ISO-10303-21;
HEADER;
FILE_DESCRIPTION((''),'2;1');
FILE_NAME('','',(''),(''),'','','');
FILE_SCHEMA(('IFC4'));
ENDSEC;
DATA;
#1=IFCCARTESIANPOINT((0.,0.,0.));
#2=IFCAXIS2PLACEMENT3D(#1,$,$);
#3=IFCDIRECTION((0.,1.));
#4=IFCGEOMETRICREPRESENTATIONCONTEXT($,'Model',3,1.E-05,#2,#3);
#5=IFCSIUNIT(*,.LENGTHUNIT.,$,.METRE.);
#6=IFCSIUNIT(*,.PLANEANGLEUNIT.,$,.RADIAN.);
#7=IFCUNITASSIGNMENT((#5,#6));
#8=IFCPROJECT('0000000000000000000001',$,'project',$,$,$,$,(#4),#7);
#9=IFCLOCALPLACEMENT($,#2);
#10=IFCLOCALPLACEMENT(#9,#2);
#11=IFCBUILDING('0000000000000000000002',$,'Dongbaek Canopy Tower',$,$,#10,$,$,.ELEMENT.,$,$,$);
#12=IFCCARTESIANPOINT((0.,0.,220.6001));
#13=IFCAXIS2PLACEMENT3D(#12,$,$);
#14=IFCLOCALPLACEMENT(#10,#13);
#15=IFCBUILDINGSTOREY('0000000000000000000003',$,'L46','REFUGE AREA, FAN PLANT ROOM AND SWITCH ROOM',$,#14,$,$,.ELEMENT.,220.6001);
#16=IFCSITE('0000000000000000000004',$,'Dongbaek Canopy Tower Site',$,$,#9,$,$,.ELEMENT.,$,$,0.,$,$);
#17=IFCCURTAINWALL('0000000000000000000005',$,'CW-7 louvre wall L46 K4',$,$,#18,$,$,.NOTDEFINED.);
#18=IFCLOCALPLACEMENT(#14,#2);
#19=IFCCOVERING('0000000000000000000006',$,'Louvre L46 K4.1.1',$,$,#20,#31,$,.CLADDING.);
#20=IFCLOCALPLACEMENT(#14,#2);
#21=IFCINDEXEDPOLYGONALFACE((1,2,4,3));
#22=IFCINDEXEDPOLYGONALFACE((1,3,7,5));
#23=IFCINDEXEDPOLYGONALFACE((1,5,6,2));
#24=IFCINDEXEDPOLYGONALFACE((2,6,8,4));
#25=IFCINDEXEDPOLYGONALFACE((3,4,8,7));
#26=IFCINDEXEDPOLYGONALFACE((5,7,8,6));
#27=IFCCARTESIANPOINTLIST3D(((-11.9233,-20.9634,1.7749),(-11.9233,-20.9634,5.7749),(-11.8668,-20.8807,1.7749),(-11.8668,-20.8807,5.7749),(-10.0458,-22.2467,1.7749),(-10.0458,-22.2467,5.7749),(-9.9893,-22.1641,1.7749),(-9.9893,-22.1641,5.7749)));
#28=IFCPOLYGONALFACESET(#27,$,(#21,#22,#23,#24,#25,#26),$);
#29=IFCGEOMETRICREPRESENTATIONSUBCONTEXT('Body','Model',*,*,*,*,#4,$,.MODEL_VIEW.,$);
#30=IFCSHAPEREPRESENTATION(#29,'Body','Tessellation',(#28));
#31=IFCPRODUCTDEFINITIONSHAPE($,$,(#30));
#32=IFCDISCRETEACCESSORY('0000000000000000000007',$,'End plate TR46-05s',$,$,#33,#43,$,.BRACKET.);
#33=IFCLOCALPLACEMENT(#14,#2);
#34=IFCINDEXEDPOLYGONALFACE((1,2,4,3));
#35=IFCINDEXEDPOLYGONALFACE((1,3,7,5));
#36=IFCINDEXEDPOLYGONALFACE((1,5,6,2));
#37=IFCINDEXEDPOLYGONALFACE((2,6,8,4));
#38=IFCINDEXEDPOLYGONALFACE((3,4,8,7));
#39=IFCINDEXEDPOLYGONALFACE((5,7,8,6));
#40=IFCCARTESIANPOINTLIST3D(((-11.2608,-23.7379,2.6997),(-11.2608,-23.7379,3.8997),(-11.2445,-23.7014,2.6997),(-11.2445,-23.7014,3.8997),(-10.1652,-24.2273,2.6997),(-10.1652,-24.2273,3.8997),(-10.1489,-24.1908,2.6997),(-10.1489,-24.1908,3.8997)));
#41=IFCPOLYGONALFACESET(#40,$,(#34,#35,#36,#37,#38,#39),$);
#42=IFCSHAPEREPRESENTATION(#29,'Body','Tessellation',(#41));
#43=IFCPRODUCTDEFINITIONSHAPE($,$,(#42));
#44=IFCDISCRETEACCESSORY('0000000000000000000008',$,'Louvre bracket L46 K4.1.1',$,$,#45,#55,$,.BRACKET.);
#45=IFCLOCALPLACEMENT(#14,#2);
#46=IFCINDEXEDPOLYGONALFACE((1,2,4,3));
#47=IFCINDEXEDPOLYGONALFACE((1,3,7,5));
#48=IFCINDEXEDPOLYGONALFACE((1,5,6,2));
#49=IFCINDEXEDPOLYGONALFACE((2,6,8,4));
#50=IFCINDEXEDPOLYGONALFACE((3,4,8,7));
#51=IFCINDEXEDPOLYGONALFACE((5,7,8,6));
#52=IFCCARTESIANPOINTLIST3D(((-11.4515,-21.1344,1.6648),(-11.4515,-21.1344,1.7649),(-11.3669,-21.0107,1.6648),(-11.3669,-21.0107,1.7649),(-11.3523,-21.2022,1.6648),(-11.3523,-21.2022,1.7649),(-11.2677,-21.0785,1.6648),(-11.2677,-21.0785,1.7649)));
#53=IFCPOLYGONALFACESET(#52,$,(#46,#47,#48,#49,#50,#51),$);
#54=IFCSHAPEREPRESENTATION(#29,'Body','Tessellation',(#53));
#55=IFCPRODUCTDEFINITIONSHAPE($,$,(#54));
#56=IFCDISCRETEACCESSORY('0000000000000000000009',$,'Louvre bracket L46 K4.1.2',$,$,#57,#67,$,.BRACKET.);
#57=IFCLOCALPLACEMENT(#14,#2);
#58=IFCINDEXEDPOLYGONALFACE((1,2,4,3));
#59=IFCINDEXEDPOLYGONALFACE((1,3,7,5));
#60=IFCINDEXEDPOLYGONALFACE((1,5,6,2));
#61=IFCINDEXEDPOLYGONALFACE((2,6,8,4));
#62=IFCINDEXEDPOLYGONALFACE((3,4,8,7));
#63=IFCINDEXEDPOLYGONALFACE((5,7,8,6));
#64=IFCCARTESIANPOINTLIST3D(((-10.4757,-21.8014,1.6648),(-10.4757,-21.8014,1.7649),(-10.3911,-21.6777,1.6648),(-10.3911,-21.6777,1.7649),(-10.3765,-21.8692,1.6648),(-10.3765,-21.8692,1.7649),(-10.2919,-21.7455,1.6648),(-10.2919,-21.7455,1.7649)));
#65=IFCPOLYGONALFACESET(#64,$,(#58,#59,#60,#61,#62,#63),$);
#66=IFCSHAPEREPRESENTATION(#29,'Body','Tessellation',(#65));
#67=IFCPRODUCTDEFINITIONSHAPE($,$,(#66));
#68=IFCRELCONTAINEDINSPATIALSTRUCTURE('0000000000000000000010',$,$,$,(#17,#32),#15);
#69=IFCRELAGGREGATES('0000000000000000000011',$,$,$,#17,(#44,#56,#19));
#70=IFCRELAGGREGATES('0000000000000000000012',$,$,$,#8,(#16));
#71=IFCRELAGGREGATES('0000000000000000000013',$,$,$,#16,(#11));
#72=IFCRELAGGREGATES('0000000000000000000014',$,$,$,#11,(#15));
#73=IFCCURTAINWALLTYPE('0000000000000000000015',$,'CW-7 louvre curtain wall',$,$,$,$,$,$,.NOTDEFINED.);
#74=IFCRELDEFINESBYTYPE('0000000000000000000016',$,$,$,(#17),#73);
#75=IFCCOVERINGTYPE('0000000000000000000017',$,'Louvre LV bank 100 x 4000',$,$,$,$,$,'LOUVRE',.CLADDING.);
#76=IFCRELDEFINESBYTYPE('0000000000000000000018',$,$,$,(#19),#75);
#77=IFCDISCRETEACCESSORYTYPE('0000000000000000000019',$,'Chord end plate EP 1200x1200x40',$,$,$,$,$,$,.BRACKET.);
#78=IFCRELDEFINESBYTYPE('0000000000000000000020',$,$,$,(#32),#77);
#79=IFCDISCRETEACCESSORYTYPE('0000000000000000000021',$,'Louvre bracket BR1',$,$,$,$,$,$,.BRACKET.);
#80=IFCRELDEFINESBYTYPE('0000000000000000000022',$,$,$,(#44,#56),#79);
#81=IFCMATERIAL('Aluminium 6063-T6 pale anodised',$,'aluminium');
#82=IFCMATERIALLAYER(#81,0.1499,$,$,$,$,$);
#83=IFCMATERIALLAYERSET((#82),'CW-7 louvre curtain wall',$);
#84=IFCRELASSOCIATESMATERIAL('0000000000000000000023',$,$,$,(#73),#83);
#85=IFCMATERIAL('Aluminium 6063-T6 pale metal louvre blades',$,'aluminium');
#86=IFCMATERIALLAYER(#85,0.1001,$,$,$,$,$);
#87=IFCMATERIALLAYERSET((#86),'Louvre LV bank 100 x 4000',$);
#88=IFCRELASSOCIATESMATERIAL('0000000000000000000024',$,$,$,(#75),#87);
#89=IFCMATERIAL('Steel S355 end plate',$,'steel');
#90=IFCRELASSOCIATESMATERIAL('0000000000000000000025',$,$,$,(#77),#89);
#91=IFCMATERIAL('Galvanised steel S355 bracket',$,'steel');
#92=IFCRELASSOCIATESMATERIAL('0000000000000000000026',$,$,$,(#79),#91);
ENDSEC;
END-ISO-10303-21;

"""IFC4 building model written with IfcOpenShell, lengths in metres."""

from ifc_helpers import new_model, si_unit, direction, frame, origin, origin_2d, place, context, subcontext, project, spatial, rectangle, extrude, material, layer, layer_set, type_object, element, aggregate, save


model = new_model("IFC4")

# Units and contexts
model_context = context("Model", 3, precision=1e-05, world=origin(), true_north=direction((0.0, 1.0)))
body_context = subcontext(model_context, "Body", "Model", "MODEL_VIEW")
ifc_project = project(units=[si_unit("LENGTHUNIT", "METRE"), si_unit("PLANEANGLEUNIT", "RADIAN")], contexts=[model_context])

# Site, building, storey
site_placement = place(None, origin())
site = spatial("IfcSite", under=ifc_project, at=site_placement, Name="Dongbaek Canopy Tower Site", CompositionType="ELEMENT", RefElevation=0.0)
building_placement = place(site_placement, origin())
building = spatial("IfcBuilding", under=site, at=building_placement, Name="Dongbaek Canopy Tower", CompositionType="ELEMENT")
storey_placement = place(building_placement, frame((0.0, 0.0, 220.6001)))
storey = spatial("IfcBuildingStorey", under=building, at=storey_placement, Name="L46", Description="REFUGE AREA, FAN PLANT ROOM AND SWITCH ROOM", CompositionType="ELEMENT", Elevation=220.6001)

# Shared definitions
ifc_material_1 = material(Name="Aluminium 6063-T6 pale anodised", Category="aluminium")
ifc_layer_1 = layer(ifc_material_1, 0.1499)
ifc_layer_set_1 = layer_set([ifc_layer_1], Name="CW-7 louvre curtain wall")
curtain_wall_type = type_object("IfcCurtainWallType", Name="CW-7 louvre curtain wall", PredefinedType="NOTDEFINED", material=ifc_layer_set_1)

# Curtain wall
curtain_wall_1_placement = place(storey_placement, origin())
curtain_wall_1 = element("IfcCurtainWall", 1, at=curtain_wall_1_placement, inside=storey, type_object=curtain_wall_type, Name="CW-7 louvre wall L46 K4", PredefinedType="NOTDEFINED")

# Covering
ifc_material_2 = material(Name="Aluminium 6063-T6 pale metal louvre blades", Category="aluminium")
ifc_layer_2 = layer(ifc_material_2, 0.1001)
ifc_layer_set_2 = layer_set([ifc_layer_2], Name="Louvre LV bank 100 x 4000")
covering_type = type_object("IfcCoveringType", Name="Louvre LV bank 100 x 4000", ElementType="LOUVRE", PredefinedType="CLADDING", material=ifc_layer_set_2)
covering_placement = place(storey_placement, frame((-10.9563, -21.5637, 1.7749), z_axis=(0.0, 0.0, 1.0), x_axis=(0.82556, -0.564314, 0.0)))
covering = element("IfcCovering", 2, at=covering_placement, type_object=covering_type, Name="Louvre L46 K4.1.1", PredefinedType="CLADDING", context=body_context, shape_type="SweptSolid", body=[
    extrude(rectangle(XDim=2.2742, YDim=0.1001, at=origin_2d()), origin(), (0.0, 0.0, 1.0), 4.0),
])

# Discrete accessories
ifc_material_3 = material(Name="Steel S355 end plate", Category="steel")
discrete_accessory_type_1 = type_object("IfcDiscreteAccessoryType", Name="Chord end plate EP 1200x1200x40", PredefinedType="BRACKET", material=ifc_material_3)
discrete_accessory_1_placement = place(storey_placement, frame((-10.7048, -23.9644, 2.6997), z_axis=(0.0, 0.0, 1.0), x_axis=(0.407859, 0.913045, 0.0)))
element("IfcDiscreteAccessory", 3, at=discrete_accessory_1_placement, inside=storey, type_object=discrete_accessory_type_1, Name="End plate TR46-05s", PredefinedType="BRACKET", context=body_context, shape_type="SweptSolid", body=[
    extrude(rectangle(XDim=0.04, YDim=1.2, at=origin_2d()), origin(), (0.0, 0.0, 1.0), 1.2),
])
ifc_material_4 = material(Name="Galvanised steel S355 bracket", Category="steel")
discrete_accessory_type_2 = type_object("IfcDiscreteAccessoryType", Name="Louvre bracket BR1", PredefinedType="BRACKET", material=ifc_material_4)
discrete_accessory_2_placement = place(storey_placement, frame((-11.3596, -21.1064, 1.6648), z_axis=(0.0, 0.0, 1.0), x_axis=(0.82556, -0.564314, 0.0)))
discrete_accessory_2 = element("IfcDiscreteAccessory", 4, at=discrete_accessory_2_placement, type_object=discrete_accessory_type_2, Name="Louvre bracket L46 K4.1.1", PredefinedType="BRACKET", context=body_context, shape_type="SweptSolid", body=[
    extrude(rectangle(XDim=0.1201, YDim=0.1499, at=origin_2d()), origin(), (0.0, 0.0, 1.0), 0.1001),
])
discrete_accessory_3_placement = place(storey_placement, frame((-10.3838, -21.7734, 1.6648), z_axis=(0.0, 0.0, 1.0), x_axis=(0.82556, -0.564314, 0.0)))
discrete_accessory_3 = element("IfcDiscreteAccessory", 5, at=discrete_accessory_3_placement, type_object=discrete_accessory_type_2, Name="Louvre bracket L46 K4.1.2", PredefinedType="BRACKET", context=body_context, shape_type="SweptSolid", body=[
    extrude(rectangle(XDim=0.1201, YDim=0.1499, at=origin_2d()), origin(), (0.0, 0.0, 1.0), 0.1001),
])
aggregate(curtain_wall_1, [discrete_accessory_2, discrete_accessory_3, covering])

save(model, "model.ifc")
